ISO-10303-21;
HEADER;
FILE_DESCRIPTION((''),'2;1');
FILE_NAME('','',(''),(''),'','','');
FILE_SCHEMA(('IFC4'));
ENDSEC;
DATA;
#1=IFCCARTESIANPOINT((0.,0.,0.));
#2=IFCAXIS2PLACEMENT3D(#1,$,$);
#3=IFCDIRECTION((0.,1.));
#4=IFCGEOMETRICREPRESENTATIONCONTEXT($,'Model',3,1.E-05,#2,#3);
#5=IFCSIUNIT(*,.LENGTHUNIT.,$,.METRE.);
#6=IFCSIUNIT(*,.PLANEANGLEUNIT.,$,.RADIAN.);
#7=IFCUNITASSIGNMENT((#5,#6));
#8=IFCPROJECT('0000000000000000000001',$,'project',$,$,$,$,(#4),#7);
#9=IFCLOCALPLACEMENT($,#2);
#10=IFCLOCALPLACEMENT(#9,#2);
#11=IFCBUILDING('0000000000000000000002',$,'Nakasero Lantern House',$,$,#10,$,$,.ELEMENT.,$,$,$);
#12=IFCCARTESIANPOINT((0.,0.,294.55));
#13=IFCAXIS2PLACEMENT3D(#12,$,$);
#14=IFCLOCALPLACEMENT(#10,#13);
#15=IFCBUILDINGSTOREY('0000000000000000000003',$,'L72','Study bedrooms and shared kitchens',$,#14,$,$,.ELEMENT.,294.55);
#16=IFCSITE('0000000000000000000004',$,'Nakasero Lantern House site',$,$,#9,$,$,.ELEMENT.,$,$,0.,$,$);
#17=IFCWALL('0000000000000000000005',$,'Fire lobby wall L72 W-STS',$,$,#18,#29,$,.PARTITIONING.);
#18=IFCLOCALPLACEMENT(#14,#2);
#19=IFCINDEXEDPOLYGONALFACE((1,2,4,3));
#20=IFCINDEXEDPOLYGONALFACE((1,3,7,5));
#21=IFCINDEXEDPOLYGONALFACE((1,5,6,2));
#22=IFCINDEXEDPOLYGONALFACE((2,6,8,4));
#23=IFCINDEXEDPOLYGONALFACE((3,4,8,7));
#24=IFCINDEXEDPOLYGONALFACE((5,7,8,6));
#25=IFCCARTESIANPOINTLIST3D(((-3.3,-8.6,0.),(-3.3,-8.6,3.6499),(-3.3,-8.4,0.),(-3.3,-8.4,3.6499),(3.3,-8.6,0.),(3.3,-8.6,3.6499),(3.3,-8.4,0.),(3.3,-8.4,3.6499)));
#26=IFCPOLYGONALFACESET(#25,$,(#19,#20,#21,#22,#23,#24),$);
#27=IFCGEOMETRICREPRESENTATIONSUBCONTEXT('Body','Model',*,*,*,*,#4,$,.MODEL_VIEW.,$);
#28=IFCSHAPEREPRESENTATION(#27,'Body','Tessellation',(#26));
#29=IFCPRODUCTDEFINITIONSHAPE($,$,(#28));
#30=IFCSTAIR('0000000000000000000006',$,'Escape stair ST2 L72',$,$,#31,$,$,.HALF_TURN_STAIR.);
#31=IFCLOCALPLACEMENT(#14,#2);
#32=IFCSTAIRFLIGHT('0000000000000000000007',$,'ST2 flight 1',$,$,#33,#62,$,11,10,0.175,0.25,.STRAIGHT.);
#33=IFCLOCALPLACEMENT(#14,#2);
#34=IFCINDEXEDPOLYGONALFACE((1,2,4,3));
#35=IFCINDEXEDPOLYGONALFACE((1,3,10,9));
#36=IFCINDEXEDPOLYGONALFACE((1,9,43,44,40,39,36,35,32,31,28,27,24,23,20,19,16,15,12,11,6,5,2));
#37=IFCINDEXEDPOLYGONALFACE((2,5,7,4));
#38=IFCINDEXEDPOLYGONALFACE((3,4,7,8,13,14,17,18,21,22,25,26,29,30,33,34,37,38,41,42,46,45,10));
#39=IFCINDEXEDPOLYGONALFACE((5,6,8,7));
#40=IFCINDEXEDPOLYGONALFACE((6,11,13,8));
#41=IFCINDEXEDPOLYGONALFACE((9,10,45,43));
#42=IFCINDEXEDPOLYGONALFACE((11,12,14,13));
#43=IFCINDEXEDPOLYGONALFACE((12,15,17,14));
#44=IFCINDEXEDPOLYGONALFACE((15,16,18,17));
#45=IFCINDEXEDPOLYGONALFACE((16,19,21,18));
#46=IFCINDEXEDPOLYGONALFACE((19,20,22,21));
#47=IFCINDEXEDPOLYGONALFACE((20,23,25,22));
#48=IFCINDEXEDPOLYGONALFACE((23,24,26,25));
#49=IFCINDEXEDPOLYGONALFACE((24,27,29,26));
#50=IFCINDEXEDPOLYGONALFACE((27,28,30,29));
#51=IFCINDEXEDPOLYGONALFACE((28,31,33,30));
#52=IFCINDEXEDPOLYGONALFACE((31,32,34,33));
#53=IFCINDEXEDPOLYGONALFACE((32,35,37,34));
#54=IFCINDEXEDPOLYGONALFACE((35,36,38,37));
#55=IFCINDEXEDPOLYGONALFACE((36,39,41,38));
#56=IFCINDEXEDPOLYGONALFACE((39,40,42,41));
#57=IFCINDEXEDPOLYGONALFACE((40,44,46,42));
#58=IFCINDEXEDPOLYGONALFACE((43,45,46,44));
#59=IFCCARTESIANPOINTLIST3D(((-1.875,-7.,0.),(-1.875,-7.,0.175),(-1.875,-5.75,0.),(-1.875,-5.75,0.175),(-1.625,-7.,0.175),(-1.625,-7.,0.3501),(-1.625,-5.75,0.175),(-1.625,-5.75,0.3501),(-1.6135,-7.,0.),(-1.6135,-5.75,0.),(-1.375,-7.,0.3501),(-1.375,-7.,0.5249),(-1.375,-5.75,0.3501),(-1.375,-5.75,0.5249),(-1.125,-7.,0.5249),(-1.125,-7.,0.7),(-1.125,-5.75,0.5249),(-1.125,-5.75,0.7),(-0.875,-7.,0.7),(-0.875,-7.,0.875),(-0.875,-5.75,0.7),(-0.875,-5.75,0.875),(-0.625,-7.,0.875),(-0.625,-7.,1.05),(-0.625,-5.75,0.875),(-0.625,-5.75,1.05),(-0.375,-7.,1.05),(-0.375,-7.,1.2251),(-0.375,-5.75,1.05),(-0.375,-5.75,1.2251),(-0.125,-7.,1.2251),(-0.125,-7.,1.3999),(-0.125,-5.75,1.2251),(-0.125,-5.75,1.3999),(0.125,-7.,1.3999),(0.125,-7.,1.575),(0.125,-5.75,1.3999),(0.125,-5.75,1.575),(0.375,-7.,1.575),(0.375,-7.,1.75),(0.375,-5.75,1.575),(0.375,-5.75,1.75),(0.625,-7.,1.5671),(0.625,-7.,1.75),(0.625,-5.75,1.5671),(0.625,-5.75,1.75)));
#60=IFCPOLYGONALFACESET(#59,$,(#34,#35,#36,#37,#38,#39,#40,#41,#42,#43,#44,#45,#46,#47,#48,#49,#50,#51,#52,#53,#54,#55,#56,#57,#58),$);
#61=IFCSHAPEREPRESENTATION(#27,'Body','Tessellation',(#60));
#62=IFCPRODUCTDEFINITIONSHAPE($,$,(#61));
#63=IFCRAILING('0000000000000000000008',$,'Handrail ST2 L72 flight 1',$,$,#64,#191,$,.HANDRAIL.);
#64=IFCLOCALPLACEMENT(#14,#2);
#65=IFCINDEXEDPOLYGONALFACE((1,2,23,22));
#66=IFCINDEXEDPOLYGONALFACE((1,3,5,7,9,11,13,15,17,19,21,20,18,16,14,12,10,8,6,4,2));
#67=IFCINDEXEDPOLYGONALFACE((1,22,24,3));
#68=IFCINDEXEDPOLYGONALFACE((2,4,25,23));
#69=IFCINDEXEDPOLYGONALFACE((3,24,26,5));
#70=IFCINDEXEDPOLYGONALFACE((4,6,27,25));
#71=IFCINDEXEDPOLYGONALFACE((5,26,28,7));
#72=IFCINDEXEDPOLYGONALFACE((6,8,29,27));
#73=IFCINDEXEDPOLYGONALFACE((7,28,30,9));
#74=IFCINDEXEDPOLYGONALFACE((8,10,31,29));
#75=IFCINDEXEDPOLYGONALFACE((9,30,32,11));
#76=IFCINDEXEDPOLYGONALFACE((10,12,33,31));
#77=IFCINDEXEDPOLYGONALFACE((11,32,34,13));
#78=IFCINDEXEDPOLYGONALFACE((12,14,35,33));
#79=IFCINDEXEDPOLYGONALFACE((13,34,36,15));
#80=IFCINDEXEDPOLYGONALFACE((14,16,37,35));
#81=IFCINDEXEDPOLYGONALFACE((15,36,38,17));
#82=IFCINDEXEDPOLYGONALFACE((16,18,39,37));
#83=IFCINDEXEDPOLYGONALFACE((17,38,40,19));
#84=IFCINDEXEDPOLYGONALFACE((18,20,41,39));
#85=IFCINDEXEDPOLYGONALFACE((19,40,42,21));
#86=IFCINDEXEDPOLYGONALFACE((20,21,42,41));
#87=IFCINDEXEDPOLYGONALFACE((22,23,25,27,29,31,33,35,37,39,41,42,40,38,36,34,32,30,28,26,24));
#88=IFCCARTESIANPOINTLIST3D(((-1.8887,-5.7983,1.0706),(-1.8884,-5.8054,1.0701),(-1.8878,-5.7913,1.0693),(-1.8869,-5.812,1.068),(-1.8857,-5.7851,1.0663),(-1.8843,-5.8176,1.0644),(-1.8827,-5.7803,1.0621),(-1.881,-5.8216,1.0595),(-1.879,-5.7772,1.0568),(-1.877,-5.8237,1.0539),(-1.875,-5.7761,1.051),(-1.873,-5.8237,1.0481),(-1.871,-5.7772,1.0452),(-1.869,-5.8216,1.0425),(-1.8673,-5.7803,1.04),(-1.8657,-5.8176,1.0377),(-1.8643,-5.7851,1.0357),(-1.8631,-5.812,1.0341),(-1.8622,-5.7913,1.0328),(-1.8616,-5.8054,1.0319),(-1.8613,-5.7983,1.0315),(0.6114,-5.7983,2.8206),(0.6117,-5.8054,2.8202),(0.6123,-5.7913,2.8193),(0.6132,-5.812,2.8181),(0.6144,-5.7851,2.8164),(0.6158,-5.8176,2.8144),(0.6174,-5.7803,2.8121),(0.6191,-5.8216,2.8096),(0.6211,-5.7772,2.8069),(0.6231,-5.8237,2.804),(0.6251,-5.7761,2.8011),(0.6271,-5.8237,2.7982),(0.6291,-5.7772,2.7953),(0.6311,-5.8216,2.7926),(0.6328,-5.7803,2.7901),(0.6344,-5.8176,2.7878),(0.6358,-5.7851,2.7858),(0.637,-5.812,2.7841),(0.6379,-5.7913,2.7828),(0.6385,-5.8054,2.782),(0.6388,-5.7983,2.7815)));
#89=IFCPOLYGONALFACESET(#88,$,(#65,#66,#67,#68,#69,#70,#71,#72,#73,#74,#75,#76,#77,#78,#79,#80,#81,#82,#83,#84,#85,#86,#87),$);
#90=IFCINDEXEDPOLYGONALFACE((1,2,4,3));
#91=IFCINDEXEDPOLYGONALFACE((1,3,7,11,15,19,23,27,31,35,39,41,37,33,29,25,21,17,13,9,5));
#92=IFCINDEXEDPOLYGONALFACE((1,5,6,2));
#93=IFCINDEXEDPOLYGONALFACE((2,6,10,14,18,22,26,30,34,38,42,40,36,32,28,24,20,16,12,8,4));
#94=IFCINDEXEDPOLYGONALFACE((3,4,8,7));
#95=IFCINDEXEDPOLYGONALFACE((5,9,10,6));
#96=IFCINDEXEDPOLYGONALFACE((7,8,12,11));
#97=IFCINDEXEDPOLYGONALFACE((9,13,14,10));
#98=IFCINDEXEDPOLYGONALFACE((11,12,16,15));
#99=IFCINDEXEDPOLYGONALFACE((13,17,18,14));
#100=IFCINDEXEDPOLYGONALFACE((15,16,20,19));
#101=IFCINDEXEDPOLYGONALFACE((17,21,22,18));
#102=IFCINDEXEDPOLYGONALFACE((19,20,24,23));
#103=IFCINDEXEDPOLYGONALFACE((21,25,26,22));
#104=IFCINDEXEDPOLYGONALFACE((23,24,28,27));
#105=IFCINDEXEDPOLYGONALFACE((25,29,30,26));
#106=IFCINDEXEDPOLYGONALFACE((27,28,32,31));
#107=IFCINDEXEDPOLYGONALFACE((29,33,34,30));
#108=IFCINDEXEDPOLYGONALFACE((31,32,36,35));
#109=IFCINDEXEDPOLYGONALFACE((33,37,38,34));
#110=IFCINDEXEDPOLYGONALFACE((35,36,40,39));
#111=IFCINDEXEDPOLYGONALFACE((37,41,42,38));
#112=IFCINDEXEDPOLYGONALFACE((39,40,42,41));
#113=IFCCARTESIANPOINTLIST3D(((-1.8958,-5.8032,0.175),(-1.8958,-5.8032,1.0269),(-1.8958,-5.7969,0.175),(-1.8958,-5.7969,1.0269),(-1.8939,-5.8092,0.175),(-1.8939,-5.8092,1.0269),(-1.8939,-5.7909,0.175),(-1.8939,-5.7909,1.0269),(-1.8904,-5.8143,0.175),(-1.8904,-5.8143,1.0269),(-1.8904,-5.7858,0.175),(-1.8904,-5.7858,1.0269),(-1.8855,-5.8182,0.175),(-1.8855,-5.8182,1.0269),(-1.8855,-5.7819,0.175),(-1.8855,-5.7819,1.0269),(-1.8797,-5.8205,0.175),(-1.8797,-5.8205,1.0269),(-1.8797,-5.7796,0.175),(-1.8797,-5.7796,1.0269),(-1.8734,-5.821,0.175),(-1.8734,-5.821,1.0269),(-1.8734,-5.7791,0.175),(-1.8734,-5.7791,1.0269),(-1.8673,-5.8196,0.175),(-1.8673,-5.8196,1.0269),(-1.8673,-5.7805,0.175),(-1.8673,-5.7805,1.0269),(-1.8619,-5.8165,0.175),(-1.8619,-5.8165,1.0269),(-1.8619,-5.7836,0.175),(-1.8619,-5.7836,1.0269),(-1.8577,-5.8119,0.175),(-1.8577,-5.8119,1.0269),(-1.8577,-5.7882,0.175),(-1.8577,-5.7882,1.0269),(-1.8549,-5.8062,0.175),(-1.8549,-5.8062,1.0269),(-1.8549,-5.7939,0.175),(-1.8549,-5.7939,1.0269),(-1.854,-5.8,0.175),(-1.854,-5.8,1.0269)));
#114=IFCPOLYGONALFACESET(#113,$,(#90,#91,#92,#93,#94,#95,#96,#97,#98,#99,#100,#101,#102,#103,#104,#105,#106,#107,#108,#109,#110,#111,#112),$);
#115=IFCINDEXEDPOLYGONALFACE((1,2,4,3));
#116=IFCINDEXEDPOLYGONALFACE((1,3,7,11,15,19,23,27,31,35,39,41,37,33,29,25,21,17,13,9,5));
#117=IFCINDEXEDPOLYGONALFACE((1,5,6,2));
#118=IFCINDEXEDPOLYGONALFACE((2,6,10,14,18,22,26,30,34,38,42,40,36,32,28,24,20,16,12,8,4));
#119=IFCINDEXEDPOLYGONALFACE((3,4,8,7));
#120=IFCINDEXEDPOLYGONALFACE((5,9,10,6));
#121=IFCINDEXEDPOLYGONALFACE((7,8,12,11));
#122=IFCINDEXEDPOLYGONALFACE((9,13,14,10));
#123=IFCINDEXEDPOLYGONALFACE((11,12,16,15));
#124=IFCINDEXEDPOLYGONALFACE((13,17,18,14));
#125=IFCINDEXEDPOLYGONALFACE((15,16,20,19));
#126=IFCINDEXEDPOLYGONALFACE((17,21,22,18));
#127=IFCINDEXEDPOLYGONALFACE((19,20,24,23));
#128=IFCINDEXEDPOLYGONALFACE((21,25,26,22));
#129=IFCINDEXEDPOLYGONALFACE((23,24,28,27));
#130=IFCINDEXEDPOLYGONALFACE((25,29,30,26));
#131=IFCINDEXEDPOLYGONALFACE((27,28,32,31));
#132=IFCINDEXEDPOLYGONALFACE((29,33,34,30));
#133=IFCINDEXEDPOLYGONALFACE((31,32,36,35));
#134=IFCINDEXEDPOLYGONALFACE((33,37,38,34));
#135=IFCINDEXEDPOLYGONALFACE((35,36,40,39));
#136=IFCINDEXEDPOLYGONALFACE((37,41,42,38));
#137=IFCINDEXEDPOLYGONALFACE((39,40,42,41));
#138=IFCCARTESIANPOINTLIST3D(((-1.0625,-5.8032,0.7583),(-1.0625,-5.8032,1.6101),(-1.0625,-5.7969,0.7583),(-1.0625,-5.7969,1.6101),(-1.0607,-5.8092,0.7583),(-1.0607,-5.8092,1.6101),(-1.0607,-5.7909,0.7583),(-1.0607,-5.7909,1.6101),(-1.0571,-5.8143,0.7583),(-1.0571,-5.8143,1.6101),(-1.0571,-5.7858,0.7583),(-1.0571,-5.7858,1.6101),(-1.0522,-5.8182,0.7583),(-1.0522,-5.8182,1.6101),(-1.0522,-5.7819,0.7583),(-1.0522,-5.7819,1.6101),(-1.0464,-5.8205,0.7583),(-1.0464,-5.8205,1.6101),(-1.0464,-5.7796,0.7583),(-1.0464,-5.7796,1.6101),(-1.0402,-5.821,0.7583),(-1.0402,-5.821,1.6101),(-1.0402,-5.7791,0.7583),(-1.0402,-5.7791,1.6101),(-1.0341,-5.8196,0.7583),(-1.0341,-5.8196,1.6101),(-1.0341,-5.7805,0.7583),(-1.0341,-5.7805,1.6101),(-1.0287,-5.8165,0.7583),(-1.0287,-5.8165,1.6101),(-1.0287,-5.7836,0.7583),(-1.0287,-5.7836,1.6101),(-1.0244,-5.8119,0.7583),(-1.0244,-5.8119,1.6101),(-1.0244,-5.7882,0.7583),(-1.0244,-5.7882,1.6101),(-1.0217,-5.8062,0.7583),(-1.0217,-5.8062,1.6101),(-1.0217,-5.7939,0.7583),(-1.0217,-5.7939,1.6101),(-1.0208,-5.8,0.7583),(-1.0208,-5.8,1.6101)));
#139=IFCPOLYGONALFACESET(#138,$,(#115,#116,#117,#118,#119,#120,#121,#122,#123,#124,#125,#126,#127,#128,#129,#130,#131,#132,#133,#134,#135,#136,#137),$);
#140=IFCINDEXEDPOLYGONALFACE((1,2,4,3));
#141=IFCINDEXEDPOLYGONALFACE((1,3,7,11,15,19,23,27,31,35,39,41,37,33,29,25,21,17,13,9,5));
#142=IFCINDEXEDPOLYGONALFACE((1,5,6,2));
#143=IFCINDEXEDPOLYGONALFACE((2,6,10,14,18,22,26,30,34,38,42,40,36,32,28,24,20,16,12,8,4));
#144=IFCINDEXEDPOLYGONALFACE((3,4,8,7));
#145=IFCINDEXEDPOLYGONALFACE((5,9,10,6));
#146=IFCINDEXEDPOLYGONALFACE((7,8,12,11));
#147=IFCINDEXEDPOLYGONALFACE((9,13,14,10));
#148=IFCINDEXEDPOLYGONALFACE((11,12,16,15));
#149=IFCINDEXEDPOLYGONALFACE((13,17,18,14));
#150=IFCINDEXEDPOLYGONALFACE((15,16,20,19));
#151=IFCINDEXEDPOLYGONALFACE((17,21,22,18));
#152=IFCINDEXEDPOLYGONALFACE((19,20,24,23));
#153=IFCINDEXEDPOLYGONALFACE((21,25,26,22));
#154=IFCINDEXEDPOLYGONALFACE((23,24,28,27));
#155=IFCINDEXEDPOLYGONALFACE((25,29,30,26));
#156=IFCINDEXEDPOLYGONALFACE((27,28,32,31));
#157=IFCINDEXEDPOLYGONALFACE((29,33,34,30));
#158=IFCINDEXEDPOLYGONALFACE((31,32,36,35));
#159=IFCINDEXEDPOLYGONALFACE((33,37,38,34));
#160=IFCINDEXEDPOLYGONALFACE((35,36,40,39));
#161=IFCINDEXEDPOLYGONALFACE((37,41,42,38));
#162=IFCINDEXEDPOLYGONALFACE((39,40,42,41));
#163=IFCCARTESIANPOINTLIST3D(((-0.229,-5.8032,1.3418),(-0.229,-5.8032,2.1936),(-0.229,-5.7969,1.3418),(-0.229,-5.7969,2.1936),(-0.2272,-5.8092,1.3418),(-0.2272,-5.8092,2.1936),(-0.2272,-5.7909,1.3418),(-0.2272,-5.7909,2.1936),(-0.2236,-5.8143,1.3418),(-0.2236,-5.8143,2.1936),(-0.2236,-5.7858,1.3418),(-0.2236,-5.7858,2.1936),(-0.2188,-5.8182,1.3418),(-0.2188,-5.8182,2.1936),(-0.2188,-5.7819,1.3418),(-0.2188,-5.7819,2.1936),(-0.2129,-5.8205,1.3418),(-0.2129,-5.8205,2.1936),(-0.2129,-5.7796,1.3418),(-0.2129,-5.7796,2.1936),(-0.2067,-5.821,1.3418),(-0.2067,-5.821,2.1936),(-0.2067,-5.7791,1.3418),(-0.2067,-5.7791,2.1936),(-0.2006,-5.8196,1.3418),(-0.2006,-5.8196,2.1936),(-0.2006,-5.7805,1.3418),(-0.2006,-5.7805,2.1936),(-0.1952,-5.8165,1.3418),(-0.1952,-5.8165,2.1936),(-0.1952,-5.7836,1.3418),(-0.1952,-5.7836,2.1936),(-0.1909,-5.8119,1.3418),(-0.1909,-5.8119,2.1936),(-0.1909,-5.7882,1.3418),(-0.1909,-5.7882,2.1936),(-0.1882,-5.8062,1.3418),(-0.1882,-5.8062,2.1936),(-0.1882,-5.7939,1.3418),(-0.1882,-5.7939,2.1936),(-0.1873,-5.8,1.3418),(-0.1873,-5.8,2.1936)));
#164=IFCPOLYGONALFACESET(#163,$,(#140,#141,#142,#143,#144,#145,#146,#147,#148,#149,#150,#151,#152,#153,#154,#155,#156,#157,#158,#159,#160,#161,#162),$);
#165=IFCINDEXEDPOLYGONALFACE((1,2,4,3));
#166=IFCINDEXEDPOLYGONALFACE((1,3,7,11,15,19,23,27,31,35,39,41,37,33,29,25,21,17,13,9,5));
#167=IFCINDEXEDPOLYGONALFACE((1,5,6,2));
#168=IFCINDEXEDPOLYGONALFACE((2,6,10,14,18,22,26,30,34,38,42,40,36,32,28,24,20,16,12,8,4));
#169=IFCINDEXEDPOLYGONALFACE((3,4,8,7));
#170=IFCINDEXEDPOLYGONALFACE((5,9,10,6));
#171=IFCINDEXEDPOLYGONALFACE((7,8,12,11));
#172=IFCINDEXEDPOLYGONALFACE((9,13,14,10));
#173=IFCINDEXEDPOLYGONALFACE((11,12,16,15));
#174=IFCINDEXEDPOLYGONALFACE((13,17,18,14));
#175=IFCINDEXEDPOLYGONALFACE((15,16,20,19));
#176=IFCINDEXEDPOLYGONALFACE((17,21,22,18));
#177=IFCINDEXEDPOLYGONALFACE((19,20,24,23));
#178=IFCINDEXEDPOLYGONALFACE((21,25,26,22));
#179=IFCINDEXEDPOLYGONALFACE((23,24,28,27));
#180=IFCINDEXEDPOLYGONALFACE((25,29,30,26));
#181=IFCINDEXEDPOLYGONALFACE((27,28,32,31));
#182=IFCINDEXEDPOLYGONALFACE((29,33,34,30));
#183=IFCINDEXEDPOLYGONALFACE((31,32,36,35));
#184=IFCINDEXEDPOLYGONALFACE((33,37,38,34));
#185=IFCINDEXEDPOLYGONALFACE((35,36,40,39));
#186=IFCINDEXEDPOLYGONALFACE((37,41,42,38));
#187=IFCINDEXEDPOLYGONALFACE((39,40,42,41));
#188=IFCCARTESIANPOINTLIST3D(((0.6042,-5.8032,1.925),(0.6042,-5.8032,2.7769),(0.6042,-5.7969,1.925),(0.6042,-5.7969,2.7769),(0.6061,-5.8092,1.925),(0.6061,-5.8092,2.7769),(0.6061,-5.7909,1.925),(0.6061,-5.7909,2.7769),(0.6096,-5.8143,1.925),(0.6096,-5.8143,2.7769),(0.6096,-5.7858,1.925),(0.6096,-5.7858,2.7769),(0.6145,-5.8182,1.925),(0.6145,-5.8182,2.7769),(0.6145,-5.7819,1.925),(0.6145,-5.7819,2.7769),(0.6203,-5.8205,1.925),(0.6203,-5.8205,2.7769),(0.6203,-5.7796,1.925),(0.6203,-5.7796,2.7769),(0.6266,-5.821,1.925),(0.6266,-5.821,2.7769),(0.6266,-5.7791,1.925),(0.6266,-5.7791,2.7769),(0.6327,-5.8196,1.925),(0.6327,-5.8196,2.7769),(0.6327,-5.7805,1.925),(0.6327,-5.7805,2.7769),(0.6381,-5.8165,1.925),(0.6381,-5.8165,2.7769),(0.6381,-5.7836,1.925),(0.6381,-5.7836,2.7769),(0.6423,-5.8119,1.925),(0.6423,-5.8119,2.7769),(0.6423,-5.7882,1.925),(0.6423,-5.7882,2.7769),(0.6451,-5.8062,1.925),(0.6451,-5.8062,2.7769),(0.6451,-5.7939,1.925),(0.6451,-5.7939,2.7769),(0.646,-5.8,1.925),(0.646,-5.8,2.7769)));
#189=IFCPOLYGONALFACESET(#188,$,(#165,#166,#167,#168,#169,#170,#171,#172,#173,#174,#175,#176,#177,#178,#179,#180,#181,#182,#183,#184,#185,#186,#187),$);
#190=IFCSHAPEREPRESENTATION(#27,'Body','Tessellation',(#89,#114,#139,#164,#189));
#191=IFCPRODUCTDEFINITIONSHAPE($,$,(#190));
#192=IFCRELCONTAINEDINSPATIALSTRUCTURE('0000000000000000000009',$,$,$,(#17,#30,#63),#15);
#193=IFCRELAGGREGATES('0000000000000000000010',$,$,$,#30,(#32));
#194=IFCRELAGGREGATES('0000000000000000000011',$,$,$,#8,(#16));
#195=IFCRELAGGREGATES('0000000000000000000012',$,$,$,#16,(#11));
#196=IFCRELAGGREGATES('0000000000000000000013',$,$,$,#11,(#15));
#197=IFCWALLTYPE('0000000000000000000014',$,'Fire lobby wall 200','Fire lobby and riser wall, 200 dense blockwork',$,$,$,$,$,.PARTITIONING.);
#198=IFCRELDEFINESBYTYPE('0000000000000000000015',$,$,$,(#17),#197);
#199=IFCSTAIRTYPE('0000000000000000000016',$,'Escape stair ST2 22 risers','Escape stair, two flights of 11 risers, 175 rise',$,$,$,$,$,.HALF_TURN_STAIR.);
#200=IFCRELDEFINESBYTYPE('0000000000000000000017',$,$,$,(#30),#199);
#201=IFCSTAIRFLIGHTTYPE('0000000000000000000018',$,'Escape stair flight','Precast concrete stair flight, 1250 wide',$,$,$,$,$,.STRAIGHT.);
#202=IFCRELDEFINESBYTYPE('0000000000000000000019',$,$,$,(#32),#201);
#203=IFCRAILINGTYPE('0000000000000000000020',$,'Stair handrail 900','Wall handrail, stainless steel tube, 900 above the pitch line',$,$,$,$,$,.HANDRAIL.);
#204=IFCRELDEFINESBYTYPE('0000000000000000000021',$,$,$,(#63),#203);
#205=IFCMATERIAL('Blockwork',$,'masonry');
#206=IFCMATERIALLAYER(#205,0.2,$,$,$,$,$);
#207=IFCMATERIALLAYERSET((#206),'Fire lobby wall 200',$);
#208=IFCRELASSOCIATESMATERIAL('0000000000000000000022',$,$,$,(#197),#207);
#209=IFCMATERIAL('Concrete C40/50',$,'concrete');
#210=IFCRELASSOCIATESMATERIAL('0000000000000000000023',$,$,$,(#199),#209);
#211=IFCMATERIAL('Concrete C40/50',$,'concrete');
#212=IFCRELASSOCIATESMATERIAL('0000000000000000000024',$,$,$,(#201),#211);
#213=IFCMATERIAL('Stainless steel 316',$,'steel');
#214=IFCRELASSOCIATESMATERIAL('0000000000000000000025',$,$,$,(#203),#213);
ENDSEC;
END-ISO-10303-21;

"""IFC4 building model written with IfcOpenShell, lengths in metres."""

from ifc_helpers import new_model, si_unit, direction, frame, frame_2d, origin, origin_2d, place, context, subcontext, project, spatial, polyline, rectangle, circle, outline, extrude, material, layer, layer_set, type_object, element, aggregate, save


model = new_model("IFC4")

# Units and contexts
model_context = context("Model", 3, precision=1e-05, world=origin(), true_north=direction((0.0, 1.0)))
body_context = subcontext(model_context, "Body", "Model", "MODEL_VIEW")
ifc_project = project(units=[si_unit("LENGTHUNIT", "METRE"), si_unit("PLANEANGLEUNIT", "RADIAN")], contexts=[model_context])

# Site, building, storey
site_placement = place(None, origin())
site = spatial("IfcSite", under=ifc_project, at=site_placement, Name="Nakasero Lantern House site", CompositionType="ELEMENT", RefElevation=0.0)
building_placement = place(site_placement, origin())
building = spatial("IfcBuilding", under=site, at=building_placement, Name="Nakasero Lantern House", CompositionType="ELEMENT")
storey_placement = place(building_placement, frame((0.0, 0.0, 294.55)))
storey = spatial("IfcBuildingStorey", under=building, at=storey_placement, Name="L72", Description="Study bedrooms and shared kitchens", CompositionType="ELEMENT", Elevation=294.55)

# Shared definitions
ifc_material_1 = material(Name="Blockwork", Category="masonry")
ifc_layer_1 = layer(ifc_material_1, 0.2)
ifc_layer_set_1 = layer_set([ifc_layer_1], Name="Fire lobby wall 200")
wall_type_1 = type_object("IfcWallType", Name="Fire lobby wall 200", Description="Fire lobby and riser wall, 200 dense blockwork", PredefinedType="PARTITIONING", material=ifc_layer_set_1)

# Wall
wall_1_placement = place(storey_placement, frame((-3.3, -8.5, 0.0), z_axis=(0.0, 0.0, 1.0), x_axis=(1.0, 0.0, 0.0)))
element("IfcWall", 1, at=wall_1_placement, inside=storey, type_object=wall_type_1, Name="Fire lobby wall L72 W-STS", PredefinedType="PARTITIONING", context=body_context, shape_type="SweptSolid", body=[
    extrude(rectangle(XDim=6.6001, YDim=0.2, at=frame_2d((3.3, 0.0))), origin(), (0.0, 0.0, 1.0), 3.6499),
])

# Stair, stair flight
ifc_material_2 = material(Name="Concrete C40/50", Category="concrete")
stair_type = type_object("IfcStairType", Name="Escape stair ST2 22 risers", Description="Escape stair, two flights of 11 risers, 175 rise", PredefinedType="HALF_TURN_STAIR", material=ifc_material_2)
stair_placement = place(storey_placement, origin())
stair = element("IfcStair", 2, at=stair_placement, inside=storey, type_object=stair_type, Name="Escape stair ST2 L72", PredefinedType="HALF_TURN_STAIR")
ifc_material_3 = material(Name="Concrete C40/50", Category="concrete")
stair_flight_type = type_object("IfcStairFlightType", Name="Escape stair flight", Description="Precast concrete stair flight, 1250 wide", PredefinedType="STRAIGHT", material=ifc_material_3)
stair_flight_placement = place(storey_placement, frame((-1.875, -6.375, 0.0), z_axis=(0.0, 0.0, 1.0), x_axis=(1.0, 0.0, 0.0)))
stair_flight = element("IfcStairFlight", 3, at=stair_flight_placement, type_object=stair_flight_type, Name="ST2 flight 1", NumberOfRisers=11, NumberOfTreads=10, PredefinedType="STRAIGHT", RiserHeight=0.175, TreadLength=0.25, context=body_context, shape_type="SweptSolid", body=[
    extrude(outline(polyline([(0.0, 0.0), (0.0, 0.175), (0.25, 0.175), (0.25, 0.3501), (0.5, 0.3501), (0.5, 0.5249), (0.75, 0.5249), (0.75, 0.7), (1.0, 0.7), (1.0, 0.875), (1.25, 0.875), (1.25, 1.05), (1.5, 1.05), (1.5, 1.2251), (1.75, 1.2251), (1.75, 1.3999), (2.0, 1.3999), (2.0, 1.575), (2.25, 1.575), (2.25, 1.75), (2.5, 1.75), (2.5, 1.925), (2.5, 1.5671), (0.2615, 0.0), (0.0, 0.0)])), frame((0.0, 0.625, 0.0), z_axis=(0.0, -1.0, 0.0), x_axis=(1.0, 0.0, 0.0)), (0.0, 0.0, 1.0), 1.25),
])
aggregate(stair, [stair_flight])

# Railing
ifc_material_4 = material(Name="Stainless steel 316", Category="steel")
railing_type = type_object("IfcRailingType", Name="Stair handrail 900", Description="Wall handrail, stainless steel tube, 900 above the pitch line", PredefinedType="HANDRAIL", material=ifc_material_4)
railing_placement = place(storey_placement, frame((-1.875, -5.8, 0.175)))
element("IfcRailing", 4, at=railing_placement, inside=storey, type_object=railing_type, Name="Handrail ST2 L72 flight 1", PredefinedType="HANDRAIL", context=body_context, shape_type="SweptSolid", body=[
    extrude(circle(Radius=0.0239, at=origin_2d()), frame((0.0, 0.0, 0.876), z_axis=(0.819232, 0.0, 0.573462), x_axis=(0.0, 1.0, 0.0)), (0.0, 0.0, 1.0), 3.0518),
    extrude(circle(Radius=0.021, at=origin_2d()), origin(), (0.0, 0.0, 1.0), 0.8518),
    extrude(circle(Radius=0.021, at=origin_2d()), frame((0.8333, 0.0, 0.5833)), (0.0, 0.0, 1.0), 0.8518),
    extrude(circle(Radius=0.021, at=origin_2d()), frame((1.6667, 0.0, 1.1667)), (0.0, 0.0, 1.0), 0.8518),
    extrude(circle(Radius=0.021, at=origin_2d()), frame((2.5, 0.0, 1.75)), (0.0, 0.0, 1.0), 0.8518),
])

save(model, "model.ifc")
